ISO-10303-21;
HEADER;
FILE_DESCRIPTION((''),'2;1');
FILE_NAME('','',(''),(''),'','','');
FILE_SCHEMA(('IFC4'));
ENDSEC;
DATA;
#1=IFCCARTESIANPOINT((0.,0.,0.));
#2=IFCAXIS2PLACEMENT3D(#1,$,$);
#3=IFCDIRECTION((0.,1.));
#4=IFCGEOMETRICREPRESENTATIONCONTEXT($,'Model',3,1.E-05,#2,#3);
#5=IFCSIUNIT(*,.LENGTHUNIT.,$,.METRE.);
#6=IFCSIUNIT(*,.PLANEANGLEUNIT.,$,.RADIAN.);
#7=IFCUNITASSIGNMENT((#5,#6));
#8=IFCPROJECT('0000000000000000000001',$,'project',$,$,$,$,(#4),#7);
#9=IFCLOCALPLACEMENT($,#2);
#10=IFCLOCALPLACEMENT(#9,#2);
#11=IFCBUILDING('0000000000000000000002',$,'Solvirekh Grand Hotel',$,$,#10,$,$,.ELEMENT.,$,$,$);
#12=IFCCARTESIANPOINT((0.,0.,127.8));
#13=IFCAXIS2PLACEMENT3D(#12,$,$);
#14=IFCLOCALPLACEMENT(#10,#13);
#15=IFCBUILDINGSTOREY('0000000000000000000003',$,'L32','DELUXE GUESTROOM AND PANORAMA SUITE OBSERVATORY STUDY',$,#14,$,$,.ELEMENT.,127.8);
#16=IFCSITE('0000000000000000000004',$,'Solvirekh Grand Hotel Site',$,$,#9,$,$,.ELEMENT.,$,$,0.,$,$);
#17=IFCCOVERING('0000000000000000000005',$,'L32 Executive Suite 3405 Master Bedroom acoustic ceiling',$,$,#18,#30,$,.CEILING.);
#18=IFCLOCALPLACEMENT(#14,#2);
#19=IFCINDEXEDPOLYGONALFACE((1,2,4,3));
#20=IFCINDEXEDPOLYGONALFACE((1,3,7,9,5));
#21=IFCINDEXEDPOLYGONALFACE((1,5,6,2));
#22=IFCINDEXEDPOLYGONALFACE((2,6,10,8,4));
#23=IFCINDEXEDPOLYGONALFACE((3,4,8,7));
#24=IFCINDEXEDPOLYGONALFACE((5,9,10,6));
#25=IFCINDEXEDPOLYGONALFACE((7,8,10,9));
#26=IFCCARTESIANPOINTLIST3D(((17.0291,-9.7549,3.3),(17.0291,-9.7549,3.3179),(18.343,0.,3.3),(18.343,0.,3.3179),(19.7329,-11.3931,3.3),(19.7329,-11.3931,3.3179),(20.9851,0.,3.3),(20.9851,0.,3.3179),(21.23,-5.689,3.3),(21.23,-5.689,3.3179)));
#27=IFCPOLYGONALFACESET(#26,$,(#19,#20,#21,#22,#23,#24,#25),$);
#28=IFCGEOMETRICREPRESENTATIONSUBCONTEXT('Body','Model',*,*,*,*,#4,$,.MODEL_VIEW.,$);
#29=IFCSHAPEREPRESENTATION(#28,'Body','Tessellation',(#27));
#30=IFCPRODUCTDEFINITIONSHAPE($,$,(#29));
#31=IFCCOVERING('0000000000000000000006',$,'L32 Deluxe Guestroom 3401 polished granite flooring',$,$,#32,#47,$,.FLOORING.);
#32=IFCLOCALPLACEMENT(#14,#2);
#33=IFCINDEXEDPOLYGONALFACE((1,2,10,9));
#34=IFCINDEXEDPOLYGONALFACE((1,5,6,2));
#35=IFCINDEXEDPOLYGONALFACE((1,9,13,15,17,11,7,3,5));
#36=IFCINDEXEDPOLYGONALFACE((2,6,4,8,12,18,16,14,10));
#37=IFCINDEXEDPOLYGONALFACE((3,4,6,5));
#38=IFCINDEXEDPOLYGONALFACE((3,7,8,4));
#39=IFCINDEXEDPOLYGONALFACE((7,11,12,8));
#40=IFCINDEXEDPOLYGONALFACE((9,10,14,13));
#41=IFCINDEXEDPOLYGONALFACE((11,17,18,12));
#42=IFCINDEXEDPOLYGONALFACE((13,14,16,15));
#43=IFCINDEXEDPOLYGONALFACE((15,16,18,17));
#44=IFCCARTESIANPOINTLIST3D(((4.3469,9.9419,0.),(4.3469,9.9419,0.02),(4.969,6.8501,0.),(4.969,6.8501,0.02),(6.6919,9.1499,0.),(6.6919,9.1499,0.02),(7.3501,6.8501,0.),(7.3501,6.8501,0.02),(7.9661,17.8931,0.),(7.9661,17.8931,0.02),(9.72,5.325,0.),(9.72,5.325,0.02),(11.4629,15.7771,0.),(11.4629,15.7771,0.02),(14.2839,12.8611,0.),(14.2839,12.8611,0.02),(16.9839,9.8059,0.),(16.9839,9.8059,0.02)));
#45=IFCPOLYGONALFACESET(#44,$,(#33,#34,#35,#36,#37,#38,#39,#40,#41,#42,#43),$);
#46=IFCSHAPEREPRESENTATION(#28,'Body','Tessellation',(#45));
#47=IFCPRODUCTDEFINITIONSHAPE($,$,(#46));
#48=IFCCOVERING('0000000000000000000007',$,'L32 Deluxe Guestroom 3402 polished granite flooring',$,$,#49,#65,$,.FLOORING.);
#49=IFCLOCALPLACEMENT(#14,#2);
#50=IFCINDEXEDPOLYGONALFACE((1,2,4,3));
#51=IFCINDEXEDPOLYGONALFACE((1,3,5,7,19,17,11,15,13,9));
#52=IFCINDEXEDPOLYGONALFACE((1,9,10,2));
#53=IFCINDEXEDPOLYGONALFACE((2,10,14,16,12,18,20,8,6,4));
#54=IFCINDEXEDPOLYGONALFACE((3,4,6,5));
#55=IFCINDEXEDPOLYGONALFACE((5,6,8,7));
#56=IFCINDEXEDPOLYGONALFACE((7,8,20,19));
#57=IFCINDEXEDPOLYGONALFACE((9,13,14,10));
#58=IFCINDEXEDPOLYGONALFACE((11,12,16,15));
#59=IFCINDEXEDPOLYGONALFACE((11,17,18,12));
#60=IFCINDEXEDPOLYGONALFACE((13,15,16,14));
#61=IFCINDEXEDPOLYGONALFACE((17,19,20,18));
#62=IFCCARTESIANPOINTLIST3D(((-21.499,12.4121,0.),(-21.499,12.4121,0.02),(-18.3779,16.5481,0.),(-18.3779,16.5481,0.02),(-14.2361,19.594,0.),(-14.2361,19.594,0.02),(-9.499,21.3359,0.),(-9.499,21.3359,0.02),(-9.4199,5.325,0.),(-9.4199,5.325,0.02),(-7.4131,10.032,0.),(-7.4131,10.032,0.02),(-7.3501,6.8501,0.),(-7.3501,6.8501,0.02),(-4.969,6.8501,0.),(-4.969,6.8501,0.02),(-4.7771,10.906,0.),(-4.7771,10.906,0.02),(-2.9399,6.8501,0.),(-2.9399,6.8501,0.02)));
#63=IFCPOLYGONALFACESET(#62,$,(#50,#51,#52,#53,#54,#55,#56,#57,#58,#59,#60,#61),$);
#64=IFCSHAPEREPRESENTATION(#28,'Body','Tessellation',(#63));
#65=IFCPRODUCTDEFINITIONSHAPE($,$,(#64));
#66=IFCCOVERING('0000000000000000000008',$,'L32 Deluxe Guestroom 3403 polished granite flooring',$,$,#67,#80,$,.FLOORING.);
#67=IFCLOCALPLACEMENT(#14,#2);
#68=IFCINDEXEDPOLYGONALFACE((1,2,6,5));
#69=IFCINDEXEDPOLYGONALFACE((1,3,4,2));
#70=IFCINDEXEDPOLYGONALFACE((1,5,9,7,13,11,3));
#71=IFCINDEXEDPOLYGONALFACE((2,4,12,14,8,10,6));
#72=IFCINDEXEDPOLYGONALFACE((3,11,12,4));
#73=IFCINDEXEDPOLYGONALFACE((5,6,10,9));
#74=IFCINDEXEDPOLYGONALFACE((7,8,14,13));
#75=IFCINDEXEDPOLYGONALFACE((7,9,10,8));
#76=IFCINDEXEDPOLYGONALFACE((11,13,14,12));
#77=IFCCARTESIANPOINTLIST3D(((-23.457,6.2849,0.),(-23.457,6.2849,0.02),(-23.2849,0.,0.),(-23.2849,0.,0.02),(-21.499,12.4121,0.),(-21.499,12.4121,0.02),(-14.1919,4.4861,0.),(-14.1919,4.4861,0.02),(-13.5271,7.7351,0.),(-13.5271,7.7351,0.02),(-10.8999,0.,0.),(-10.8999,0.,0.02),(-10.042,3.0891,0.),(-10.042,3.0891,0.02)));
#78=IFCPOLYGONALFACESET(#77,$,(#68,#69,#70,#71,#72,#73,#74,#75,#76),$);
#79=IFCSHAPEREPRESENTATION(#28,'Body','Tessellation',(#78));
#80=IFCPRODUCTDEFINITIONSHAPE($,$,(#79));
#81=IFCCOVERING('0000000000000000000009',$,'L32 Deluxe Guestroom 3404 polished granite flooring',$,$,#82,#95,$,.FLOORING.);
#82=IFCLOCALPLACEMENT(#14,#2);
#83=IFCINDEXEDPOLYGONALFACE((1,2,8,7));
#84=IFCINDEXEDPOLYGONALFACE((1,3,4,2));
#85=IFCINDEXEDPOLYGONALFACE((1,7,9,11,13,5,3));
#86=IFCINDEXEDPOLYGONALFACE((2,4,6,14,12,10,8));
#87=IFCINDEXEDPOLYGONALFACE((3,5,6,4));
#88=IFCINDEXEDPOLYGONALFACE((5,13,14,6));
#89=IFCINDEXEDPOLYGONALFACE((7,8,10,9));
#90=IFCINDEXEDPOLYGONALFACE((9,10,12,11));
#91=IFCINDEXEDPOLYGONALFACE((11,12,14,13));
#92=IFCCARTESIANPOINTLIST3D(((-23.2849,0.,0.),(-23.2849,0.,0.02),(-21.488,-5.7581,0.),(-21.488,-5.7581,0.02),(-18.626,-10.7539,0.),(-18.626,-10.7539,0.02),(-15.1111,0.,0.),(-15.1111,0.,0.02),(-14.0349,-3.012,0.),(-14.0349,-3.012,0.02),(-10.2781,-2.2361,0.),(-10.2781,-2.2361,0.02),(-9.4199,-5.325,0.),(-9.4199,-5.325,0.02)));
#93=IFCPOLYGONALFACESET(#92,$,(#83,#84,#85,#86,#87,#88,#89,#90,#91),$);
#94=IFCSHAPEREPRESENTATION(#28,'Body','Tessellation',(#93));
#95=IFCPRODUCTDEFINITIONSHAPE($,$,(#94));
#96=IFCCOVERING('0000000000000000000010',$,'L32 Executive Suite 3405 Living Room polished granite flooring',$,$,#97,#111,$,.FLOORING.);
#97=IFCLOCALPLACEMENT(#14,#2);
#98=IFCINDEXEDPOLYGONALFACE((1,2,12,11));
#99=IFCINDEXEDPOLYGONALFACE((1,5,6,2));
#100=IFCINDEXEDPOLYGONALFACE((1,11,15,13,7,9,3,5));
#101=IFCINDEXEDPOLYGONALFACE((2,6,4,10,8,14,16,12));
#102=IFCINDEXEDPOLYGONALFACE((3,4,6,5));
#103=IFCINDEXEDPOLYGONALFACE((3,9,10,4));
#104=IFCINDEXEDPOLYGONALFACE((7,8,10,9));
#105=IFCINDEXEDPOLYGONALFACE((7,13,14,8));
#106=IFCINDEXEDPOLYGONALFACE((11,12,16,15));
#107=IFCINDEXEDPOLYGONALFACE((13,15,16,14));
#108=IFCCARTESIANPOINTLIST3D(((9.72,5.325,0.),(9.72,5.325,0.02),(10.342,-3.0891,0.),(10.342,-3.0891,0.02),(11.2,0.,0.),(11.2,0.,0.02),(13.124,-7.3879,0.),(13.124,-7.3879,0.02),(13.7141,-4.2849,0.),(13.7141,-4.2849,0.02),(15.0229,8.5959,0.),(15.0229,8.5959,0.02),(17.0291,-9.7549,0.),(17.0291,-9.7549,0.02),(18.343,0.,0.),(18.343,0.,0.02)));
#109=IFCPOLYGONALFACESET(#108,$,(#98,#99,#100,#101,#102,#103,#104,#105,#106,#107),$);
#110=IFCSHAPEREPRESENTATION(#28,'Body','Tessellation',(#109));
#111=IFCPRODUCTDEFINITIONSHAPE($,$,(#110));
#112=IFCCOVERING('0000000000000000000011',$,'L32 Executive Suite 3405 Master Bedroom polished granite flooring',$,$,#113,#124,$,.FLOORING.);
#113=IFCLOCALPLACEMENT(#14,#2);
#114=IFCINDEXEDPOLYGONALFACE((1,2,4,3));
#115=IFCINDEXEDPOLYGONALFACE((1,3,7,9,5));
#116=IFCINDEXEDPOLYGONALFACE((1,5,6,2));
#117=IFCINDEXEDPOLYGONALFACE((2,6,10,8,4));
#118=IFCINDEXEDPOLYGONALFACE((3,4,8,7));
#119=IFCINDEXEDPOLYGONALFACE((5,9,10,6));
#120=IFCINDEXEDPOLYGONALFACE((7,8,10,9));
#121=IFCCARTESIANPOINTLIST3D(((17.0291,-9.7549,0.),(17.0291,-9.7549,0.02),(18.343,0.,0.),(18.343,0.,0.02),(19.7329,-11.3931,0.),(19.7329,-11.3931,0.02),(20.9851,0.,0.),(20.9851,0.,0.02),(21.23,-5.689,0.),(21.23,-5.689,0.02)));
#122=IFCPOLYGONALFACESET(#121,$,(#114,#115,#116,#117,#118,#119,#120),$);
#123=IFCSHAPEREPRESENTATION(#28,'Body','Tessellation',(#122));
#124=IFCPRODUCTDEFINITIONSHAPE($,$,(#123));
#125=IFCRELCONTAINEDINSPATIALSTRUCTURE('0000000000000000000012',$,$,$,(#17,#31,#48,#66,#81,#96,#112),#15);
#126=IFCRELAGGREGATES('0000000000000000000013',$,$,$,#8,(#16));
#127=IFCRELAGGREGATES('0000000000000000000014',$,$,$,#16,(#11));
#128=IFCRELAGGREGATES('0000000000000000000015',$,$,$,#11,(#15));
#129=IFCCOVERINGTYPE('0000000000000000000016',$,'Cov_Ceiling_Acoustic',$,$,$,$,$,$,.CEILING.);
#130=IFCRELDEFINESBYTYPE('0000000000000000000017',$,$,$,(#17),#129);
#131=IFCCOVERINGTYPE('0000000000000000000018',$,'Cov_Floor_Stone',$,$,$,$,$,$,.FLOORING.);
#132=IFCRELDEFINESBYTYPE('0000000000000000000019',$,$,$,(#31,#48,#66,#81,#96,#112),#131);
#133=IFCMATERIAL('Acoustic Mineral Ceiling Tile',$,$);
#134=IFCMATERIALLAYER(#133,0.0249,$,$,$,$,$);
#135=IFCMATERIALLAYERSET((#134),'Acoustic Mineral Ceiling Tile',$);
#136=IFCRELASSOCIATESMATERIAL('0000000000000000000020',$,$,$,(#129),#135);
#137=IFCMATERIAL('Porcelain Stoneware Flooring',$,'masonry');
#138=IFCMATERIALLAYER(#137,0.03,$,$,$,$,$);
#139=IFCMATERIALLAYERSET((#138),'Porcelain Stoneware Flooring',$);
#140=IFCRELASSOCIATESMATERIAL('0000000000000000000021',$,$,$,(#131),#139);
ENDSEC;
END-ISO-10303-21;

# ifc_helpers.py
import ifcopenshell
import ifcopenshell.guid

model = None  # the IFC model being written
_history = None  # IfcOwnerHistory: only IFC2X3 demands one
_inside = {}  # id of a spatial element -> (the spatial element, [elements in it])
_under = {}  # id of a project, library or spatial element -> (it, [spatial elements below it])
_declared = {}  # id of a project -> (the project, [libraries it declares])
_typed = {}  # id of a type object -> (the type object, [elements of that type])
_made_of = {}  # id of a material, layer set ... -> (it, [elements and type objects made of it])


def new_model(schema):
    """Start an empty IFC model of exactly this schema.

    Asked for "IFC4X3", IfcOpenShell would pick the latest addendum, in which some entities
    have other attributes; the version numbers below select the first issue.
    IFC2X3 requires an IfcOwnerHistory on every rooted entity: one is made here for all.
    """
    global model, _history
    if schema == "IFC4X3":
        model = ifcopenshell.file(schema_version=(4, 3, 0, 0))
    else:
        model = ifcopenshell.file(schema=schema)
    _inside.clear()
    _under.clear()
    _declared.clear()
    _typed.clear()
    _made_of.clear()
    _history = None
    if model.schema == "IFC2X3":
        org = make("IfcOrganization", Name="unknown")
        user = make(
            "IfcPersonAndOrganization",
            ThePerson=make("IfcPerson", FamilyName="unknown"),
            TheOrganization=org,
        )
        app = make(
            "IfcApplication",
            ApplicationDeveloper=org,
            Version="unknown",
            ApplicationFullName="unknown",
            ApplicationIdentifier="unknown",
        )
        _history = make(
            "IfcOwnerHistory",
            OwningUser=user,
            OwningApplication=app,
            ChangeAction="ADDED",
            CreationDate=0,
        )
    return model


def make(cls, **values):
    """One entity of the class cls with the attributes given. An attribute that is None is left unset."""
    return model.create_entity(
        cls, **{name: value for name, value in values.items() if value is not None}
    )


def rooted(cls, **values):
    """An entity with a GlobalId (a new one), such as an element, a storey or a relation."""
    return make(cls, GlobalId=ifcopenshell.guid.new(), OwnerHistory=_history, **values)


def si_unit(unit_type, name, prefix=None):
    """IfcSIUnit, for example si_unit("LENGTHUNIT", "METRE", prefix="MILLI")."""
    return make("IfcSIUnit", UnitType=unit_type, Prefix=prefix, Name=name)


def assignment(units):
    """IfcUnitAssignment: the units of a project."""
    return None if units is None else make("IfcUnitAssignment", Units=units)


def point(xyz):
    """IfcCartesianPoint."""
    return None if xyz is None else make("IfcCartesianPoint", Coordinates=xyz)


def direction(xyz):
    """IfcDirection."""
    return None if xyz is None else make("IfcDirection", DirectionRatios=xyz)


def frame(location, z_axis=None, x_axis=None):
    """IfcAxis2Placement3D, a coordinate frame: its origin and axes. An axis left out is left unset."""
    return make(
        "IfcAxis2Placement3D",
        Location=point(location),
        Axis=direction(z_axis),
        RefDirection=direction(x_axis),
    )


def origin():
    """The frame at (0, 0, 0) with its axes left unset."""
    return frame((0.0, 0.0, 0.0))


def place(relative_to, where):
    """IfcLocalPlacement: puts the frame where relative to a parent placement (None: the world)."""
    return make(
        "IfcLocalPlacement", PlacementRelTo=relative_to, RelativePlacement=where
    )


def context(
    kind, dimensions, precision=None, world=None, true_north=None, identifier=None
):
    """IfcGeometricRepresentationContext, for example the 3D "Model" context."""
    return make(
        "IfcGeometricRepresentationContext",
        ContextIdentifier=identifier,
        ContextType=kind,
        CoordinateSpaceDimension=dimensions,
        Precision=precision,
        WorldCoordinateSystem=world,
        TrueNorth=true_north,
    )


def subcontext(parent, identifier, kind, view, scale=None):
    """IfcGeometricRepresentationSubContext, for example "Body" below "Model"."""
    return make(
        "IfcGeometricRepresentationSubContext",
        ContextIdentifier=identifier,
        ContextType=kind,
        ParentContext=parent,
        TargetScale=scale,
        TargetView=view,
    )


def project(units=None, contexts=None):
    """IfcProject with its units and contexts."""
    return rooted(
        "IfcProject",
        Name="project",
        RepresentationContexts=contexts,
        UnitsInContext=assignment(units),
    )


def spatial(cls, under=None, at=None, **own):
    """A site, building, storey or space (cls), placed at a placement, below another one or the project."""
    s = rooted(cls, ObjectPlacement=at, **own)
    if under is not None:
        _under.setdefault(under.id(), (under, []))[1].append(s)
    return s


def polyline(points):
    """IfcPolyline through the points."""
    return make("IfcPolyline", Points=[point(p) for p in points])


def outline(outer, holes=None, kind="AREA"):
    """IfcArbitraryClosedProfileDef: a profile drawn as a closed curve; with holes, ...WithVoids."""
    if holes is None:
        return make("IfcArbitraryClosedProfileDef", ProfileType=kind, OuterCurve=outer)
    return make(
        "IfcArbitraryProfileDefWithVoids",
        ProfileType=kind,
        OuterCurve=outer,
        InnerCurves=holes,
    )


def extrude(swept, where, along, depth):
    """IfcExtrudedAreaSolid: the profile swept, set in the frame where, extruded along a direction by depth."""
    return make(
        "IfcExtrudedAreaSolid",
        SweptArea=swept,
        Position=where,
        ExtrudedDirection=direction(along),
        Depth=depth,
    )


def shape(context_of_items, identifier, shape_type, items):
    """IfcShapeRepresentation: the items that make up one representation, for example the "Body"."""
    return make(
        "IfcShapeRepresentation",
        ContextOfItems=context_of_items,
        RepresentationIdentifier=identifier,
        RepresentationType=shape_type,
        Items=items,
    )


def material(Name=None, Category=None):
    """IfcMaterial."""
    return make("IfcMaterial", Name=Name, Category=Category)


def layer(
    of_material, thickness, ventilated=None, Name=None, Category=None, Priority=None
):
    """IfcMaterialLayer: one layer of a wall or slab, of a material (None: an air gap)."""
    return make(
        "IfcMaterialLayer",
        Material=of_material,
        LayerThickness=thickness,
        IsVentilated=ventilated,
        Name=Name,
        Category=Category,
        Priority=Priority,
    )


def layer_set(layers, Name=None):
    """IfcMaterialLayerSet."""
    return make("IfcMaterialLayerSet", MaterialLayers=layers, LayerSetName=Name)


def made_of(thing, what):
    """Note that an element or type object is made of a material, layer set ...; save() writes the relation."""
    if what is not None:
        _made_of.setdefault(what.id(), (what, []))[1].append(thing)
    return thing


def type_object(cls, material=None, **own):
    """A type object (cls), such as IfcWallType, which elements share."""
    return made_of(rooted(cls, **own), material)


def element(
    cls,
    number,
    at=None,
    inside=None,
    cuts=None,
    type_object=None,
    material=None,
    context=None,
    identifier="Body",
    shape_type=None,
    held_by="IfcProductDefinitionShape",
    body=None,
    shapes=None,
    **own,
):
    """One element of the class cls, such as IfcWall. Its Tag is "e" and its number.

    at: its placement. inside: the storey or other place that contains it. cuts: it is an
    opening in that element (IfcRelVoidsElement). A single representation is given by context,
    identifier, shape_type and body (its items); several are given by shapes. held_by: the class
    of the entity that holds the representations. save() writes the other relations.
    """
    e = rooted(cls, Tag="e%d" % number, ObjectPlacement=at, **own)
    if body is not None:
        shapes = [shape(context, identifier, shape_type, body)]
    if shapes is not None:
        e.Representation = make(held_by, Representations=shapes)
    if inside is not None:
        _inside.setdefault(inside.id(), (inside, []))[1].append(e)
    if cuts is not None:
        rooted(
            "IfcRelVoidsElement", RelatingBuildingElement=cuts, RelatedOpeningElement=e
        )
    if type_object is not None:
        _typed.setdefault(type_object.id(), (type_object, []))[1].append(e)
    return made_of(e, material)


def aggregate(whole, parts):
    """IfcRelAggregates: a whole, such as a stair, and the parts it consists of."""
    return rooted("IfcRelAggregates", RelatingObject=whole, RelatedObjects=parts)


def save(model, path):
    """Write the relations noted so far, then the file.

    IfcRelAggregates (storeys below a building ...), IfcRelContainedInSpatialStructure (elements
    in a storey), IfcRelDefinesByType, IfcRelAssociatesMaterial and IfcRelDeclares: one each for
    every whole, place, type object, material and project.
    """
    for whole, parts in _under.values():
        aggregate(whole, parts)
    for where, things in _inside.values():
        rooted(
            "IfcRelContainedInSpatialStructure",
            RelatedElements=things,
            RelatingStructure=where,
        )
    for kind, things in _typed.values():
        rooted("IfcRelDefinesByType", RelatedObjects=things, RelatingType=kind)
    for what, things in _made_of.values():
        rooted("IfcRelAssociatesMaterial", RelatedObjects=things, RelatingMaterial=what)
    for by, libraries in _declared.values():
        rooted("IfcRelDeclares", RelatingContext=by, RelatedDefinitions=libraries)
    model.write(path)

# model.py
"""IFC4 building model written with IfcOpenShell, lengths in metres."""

from ifc_helpers import new_model, si_unit, direction, frame, origin, place, context, subcontext, project, spatial, polyline, outline, extrude, material, layer, layer_set, type_object, element, save


model = new_model("IFC4")

# Units and contexts
model_context = context("Model", 3, precision=1e-05, world=origin(), true_north=direction((0.0, 1.0)))
body_context = subcontext(model_context, "Body", "Model", "MODEL_VIEW")
ifc_project = project(units=[si_unit("LENGTHUNIT", "METRE"), si_unit("PLANEANGLEUNIT", "RADIAN")], contexts=[model_context])

# Site, building, storey
site_placement = place(None, origin())
site = spatial("IfcSite", under=ifc_project, at=site_placement, Name="Solvirekh Grand Hotel Site", CompositionType="ELEMENT", RefElevation=0.0)
building_placement = place(site_placement, origin())
building = spatial("IfcBuilding", under=site, at=building_placement, Name="Solvirekh Grand Hotel", CompositionType="ELEMENT")
storey_placement = place(building_placement, frame((0.0, 0.0, 127.8)))
storey = spatial("IfcBuildingStorey", under=building, at=storey_placement, Name="L32", Description="DELUXE GUESTROOM AND PANORAMA SUITE OBSERVATORY STUDY", CompositionType="ELEMENT", Elevation=127.8)

# Coverings
ifc_material_1 = material(Name="Acoustic Mineral Ceiling Tile")
ifc_layer_1 = layer(ifc_material_1, 0.0249)
ifc_layer_set_1 = layer_set([ifc_layer_1], Name="Acoustic Mineral Ceiling Tile")
covering_type_1 = type_object("IfcCoveringType", Name="Cov_Ceiling_Acoustic", PredefinedType="CEILING", material=ifc_layer_set_1)
covering_1_placement = place(storey_placement, frame((0.0, 0.0, 3.3)))
element("IfcCovering", 1, at=covering_1_placement, inside=storey, type_object=covering_type_1, Name="L32 Executive Suite 3405 Master Bedroom acoustic ceiling", PredefinedType="CEILING", context=body_context, shape_type="SweptSolid", body=[
    extrude(outline(polyline([(19.7329, -11.3931), (21.23, -5.689), (20.9851, 0.0), (18.343, 0.0), (17.0291, -9.7549), (19.7329, -11.3931)])), origin(), (0.0, 0.0, 1.0), 0.0178),
])
ifc_material_2 = material(Name="Porcelain Stoneware Flooring", Category="masonry")
ifc_layer_2 = layer(ifc_material_2, 0.03)
ifc_layer_set_2 = layer_set([ifc_layer_2], Name="Porcelain Stoneware Flooring")
covering_type_2 = type_object("IfcCoveringType", Name="Cov_Floor_Stone", PredefinedType="FLOORING", material=ifc_layer_set_2)
covering_2_placement = place(storey_placement, origin())
element("IfcCovering", 2, at=covering_2_placement, inside=storey, type_object=covering_type_2, Name="L32 Deluxe Guestroom 3401 polished granite flooring", PredefinedType="FLOORING", context=body_context, shape_type="SweptSolid", body=[
    extrude(outline(polyline([(4.3469, 9.9419), (6.6919, 9.1499), (4.969, 6.8501), (7.3501, 6.8501), (9.72, 5.325), (16.9839, 9.8059), (14.2839, 12.8611), (11.4629, 15.7771), (7.9661, 17.8931), (4.3469, 9.9419)])), origin(), (0.0, 0.0, 1.0), 0.02),
])
covering_3_placement = place(storey_placement, origin())
element("IfcCovering", 3, at=covering_3_placement, inside=storey, type_object=covering_type_2, Name="L32 Deluxe Guestroom 3402 polished granite flooring", PredefinedType="FLOORING", context=body_context, shape_type="SweptSolid", body=[
    extrude(outline(polyline([(-4.969, 6.8501), (-7.4131, 10.032), (-4.7771, 10.906), (-2.9399, 6.8501), (-9.499, 21.3359), (-14.2361, 19.594), (-18.3779, 16.5481), (-21.499, 12.4121), (-9.4199, 5.325), (-7.3501, 6.8501), (-4.969, 6.8501)])), origin(), (0.0, 0.0, 1.0), 0.02),
])
covering_4_placement = place(storey_placement, origin())
element("IfcCovering", 4, at=covering_4_placement, inside=storey, type_object=covering_type_2, Name="L32 Deluxe Guestroom 3403 polished granite flooring", PredefinedType="FLOORING", context=body_context, shape_type="SweptSolid", body=[
    extrude(outline(polyline([(-14.1919, 4.4861), (-13.5271, 7.7351), (-21.499, 12.4121), (-23.457, 6.2849), (-23.2849, 0.0), (-10.8999, 0.0), (-10.042, 3.0891), (-14.1919, 4.4861)])), origin(), (0.0, 0.0, 1.0), 0.02),
])
covering_5_placement = place(storey_placement, origin())
element("IfcCovering", 5, at=covering_5_placement, inside=storey, type_object=covering_type_2, Name="L32 Deluxe Guestroom 3404 polished granite flooring", PredefinedType="FLOORING", context=body_context, shape_type="SweptSolid", body=[
    extrude(outline(polyline([(-14.0349, -3.012), (-15.1111, 0.0), (-23.2849, 0.0), (-21.488, -5.7581), (-18.626, -10.7539), (-9.4199, -5.325), (-10.2781, -2.2361), (-14.0349, -3.012)])), origin(), (0.0, 0.0, 1.0), 0.02),
])
covering_6_placement = place(storey_placement, origin())
element("IfcCovering", 6, at=covering_6_placement, inside=storey, type_object=covering_type_2, Name="L32 Executive Suite 3405 Living Room polished granite flooring", PredefinedType="FLOORING", context=body_context, shape_type="SweptSolid", body=[
    extrude(outline(polyline([(13.7141, -4.2849), (13.124, -7.3879), (17.0291, -9.7549), (18.343, 0.0), (15.0229, 8.5959), (9.72, 5.325), (11.2, 0.0), (10.342, -3.0891), (13.7141, -4.2849)])), origin(), (0.0, 0.0, 1.0), 0.02),
])
covering_7_placement = place(storey_placement, origin())
element("IfcCovering", 7, at=covering_7_placement, inside=storey, type_object=covering_type_2, Name="L32 Executive Suite 3405 Master Bedroom polished granite flooring", PredefinedType="FLOORING", context=body_context, shape_type="SweptSolid", body=[
    extrude(outline(polyline([(19.7329, -11.3931), (21.23, -5.689), (20.9851, 0.0), (18.343, 0.0), (17.0291, -9.7549), (19.7329, -11.3931)])), origin(), (0.0, 0.0, 1.0), 0.02),
])

save(model, "model.ifc")
